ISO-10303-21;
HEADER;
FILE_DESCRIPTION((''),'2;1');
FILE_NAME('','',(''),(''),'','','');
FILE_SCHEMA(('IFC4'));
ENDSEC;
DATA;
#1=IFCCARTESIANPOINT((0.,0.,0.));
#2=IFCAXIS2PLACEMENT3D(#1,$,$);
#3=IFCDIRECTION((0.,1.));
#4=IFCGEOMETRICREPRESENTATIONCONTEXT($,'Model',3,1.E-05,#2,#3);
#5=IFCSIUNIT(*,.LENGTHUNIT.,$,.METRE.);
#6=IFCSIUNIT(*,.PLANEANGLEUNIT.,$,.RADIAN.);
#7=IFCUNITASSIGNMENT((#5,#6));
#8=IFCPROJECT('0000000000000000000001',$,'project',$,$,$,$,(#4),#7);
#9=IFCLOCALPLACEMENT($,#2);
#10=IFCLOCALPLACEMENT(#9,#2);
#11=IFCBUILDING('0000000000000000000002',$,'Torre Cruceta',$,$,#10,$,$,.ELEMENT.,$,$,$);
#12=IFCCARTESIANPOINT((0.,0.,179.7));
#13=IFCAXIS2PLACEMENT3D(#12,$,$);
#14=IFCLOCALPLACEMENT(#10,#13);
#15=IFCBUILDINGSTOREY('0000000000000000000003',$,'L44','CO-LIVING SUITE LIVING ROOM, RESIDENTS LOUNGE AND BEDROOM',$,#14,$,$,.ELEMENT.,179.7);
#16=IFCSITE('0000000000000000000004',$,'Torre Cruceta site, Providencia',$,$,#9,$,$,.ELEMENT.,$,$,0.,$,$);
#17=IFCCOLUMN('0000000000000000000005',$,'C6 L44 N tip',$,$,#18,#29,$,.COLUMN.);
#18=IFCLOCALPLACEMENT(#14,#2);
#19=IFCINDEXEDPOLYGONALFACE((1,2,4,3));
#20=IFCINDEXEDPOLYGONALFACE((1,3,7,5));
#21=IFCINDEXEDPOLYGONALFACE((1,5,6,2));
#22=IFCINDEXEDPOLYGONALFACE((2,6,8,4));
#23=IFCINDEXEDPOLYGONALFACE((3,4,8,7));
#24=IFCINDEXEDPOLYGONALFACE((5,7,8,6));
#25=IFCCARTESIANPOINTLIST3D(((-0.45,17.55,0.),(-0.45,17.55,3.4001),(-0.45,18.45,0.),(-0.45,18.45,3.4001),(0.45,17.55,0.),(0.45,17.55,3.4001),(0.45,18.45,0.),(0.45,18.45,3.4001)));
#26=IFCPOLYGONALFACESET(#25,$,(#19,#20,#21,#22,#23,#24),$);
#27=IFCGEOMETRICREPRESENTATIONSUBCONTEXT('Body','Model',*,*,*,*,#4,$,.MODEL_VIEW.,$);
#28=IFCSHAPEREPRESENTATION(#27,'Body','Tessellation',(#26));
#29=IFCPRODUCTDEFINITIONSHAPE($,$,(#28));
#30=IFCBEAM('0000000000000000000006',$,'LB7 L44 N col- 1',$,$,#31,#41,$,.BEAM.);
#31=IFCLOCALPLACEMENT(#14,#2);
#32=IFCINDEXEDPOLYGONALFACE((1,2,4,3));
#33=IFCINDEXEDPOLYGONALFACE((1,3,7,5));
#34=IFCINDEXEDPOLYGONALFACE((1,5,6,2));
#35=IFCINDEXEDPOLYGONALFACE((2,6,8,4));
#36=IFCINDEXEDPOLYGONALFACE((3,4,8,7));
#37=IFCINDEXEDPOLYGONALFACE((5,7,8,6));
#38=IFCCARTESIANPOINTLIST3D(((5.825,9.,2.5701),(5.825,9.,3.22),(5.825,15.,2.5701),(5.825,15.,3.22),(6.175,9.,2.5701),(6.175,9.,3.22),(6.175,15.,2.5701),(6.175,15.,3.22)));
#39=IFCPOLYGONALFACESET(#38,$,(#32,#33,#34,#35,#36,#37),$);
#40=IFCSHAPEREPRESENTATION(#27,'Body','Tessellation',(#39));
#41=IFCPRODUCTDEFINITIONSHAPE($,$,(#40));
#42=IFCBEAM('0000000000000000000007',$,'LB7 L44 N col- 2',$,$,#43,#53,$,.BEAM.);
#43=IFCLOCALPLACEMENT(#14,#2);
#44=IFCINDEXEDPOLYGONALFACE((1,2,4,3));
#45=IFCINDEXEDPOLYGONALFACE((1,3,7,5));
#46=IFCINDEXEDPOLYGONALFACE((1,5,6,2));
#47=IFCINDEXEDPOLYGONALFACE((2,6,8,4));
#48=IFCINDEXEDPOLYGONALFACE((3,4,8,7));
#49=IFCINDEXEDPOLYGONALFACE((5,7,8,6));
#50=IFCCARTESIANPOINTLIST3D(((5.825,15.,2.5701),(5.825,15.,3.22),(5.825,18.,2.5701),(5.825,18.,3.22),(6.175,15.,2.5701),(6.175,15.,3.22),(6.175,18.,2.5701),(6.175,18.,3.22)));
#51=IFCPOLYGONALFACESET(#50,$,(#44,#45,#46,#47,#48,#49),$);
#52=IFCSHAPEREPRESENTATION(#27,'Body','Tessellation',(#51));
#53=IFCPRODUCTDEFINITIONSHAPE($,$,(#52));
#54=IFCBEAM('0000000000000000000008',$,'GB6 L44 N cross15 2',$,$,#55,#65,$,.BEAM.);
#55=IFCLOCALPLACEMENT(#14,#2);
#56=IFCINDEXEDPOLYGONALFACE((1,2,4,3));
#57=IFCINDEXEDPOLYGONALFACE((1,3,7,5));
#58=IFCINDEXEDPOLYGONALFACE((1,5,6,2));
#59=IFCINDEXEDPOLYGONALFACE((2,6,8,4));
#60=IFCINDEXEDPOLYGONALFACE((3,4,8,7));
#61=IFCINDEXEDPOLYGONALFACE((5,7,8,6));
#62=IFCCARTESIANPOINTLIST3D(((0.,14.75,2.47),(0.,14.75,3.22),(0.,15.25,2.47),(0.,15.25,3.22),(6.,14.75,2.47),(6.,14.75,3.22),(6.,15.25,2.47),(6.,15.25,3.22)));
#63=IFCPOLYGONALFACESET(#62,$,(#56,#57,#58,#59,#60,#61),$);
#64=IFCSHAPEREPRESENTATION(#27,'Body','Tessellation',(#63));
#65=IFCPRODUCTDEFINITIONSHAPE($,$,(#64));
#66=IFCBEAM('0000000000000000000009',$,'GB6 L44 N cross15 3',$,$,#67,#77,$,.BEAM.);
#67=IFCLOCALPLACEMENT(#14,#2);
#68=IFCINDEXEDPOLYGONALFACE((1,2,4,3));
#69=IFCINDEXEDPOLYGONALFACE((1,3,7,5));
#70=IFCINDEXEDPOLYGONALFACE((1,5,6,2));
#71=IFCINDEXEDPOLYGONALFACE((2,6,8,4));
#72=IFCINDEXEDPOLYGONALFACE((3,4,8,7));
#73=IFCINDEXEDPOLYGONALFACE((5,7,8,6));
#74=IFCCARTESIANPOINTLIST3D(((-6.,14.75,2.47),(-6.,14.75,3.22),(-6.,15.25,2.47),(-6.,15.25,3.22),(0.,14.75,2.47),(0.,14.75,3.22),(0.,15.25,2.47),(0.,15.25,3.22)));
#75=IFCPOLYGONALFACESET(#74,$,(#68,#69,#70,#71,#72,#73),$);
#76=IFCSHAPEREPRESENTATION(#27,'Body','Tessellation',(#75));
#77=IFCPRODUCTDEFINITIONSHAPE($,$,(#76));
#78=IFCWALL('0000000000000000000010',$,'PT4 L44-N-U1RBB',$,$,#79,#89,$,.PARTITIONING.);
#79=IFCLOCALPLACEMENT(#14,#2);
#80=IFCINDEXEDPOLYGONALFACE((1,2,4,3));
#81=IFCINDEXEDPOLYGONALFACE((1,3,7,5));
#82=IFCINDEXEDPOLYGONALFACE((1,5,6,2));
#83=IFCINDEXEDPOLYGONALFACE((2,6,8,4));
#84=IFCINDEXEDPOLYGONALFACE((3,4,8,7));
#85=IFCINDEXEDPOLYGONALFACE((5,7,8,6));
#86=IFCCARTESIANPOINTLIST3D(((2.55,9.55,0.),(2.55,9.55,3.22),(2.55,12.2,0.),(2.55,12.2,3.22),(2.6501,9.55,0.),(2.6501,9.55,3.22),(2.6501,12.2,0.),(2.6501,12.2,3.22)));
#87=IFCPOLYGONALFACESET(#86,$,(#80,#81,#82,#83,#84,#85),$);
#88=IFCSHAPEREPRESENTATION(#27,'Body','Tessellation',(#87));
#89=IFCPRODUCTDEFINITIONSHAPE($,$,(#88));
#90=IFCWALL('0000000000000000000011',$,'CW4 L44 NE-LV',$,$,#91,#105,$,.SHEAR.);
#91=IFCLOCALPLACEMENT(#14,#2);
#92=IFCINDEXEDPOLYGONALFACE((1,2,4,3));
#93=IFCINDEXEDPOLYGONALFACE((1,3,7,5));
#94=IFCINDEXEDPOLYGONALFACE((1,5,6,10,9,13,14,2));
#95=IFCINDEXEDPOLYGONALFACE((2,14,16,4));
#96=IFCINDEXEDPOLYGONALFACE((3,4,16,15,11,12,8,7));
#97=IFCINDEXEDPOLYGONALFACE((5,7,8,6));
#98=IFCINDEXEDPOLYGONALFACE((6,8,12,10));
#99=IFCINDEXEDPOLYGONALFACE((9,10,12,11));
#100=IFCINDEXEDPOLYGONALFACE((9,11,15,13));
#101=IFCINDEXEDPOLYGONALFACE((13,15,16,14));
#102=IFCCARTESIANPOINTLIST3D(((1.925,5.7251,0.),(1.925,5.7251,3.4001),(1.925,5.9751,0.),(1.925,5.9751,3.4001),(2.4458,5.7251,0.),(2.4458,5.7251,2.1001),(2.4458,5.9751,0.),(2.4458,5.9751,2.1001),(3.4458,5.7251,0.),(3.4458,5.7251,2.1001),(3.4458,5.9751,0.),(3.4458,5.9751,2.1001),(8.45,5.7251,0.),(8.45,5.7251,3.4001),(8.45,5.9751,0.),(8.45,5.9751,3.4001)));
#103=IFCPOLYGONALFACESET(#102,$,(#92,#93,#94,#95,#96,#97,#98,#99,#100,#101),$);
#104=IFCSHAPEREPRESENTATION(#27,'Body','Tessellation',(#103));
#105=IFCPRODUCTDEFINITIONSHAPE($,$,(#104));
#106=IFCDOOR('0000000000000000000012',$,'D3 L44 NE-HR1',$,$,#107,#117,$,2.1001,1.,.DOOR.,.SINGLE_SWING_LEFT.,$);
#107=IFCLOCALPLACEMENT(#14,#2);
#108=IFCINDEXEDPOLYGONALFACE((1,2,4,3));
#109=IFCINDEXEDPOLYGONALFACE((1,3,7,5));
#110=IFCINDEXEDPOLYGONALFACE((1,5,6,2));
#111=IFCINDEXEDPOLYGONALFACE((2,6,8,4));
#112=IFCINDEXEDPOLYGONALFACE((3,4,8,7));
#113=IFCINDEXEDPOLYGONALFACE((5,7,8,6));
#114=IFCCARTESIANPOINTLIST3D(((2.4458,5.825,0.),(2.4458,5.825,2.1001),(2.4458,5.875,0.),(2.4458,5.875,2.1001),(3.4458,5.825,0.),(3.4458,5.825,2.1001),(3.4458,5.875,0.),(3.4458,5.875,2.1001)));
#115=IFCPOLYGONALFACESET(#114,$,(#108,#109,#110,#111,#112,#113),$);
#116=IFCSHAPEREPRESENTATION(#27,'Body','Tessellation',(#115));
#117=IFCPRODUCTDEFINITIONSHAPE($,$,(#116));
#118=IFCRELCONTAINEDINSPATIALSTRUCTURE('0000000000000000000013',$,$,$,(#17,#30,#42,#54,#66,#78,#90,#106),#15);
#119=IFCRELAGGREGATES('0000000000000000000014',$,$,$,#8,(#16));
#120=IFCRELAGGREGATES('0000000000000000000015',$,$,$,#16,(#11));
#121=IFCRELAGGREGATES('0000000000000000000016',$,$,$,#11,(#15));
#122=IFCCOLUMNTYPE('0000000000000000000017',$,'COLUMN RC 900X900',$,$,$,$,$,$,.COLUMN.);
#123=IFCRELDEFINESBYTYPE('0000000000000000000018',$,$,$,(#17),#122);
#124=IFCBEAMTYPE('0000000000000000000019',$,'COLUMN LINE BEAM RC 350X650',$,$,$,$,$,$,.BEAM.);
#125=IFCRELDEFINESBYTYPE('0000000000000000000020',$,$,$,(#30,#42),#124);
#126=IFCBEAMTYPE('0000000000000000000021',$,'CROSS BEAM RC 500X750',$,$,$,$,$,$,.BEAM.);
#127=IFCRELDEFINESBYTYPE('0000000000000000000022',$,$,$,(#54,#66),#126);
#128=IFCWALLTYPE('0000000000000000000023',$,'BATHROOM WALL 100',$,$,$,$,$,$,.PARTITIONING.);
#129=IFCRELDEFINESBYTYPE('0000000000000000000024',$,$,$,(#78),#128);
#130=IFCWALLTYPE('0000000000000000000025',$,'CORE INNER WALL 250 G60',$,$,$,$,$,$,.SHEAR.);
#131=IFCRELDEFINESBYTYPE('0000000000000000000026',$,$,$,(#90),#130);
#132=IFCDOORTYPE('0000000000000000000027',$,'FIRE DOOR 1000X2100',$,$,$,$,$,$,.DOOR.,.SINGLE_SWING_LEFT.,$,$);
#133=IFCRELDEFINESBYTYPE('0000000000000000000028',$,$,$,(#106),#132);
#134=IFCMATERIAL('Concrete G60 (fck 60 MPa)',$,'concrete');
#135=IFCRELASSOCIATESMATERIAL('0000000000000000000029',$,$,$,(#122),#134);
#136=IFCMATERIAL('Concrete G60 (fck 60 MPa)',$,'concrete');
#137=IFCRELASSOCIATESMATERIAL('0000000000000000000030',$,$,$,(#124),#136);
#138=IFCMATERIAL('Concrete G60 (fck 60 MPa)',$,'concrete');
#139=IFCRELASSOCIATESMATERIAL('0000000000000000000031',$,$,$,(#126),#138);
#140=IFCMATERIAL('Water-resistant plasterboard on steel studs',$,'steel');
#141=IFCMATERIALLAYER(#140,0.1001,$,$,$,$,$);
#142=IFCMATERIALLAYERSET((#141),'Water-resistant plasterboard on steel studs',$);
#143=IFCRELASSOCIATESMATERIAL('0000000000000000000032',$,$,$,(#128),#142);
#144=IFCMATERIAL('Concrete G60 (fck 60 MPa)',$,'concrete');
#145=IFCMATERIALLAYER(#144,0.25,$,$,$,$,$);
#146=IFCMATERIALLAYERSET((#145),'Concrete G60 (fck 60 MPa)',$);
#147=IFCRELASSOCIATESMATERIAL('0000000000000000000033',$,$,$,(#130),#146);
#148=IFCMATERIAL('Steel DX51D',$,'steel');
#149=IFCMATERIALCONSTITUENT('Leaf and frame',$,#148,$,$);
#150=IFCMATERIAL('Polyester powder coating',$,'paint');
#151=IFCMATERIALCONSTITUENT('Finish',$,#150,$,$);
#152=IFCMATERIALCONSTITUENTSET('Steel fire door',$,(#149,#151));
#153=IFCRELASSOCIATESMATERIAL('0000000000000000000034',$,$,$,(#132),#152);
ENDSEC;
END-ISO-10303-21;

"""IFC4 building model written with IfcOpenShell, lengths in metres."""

from ifc_helpers import new_model, si_unit, direction, frame, frame_2d, origin, origin_2d, place, context, subcontext, project, spatial, rectangle, extrude, material, layer, layer_set, constituent, constituent_set, material_profile, profile_set, type_object, element, fill, save


model = new_model("IFC4")

# Units and contexts
model_context = context("Model", 3, precision=1e-05, world=origin(), true_north=direction((0.0, 1.0)))
body_context = subcontext(model_context, "Body", "Model", "MODEL_VIEW")
ifc_project = project(units=[si_unit("LENGTHUNIT", "METRE"), si_unit("PLANEANGLEUNIT", "RADIAN")], contexts=[model_context])

# Site, building, storey
site_placement = place(None, origin())
site = spatial("IfcSite", under=ifc_project, at=site_placement, Name="Torre Cruceta site, Providencia", CompositionType="ELEMENT", RefElevation=0.0)
building_placement = place(site_placement, origin())
building = spatial("IfcBuilding", under=site, at=building_placement, Name="Torre Cruceta", CompositionType="ELEMENT")
storey_placement = place(building_placement, frame((0.0, 0.0, 179.7)))
storey = spatial("IfcBuildingStorey", under=building, at=storey_placement, Name="L44", Description="CO-LIVING SUITE LIVING ROOM, RESIDENTS LOUNGE AND BEDROOM", CompositionType="ELEMENT", Elevation=179.7)

# Column
ifc_material_1 = material(Name="Concrete G60 (fck 60 MPa)", Category="concrete")
ifc_material_profile_1 = material_profile(ifc_material_1, rectangle(XDim=0.8999, YDim=0.8999, at=origin_2d()), Name="RC 900X900")
ifc_profile_set_1 = profile_set([ifc_material_profile_1], Name="Concrete G60 (fck 60 MPa)")
column_type = type_object("IfcColumnType", Name="COLUMN RC 900X900", PredefinedType="COLUMN", material=ifc_profile_set_1)
column_placement = place(storey_placement, frame((0.0, 18.0, 0.0), z_axis=(0.0, 0.0, 1.0), x_axis=(1.0, 0.0, 0.0)))
element("IfcColumn", 1, at=column_placement, inside=storey, type_object=column_type, Name="C6 L44 N tip", PredefinedType="COLUMN", context=body_context, shape_type="SweptSolid", body=[
    extrude(rectangle(XDim=0.8999, YDim=0.8999, at=origin_2d()), origin(), (0.0, 0.0, 1.0), 3.4001),
])

# Beams
ifc_material_2 = material(Name="Concrete G60 (fck 60 MPa)", Category="concrete")
ifc_material_profile_2 = material_profile(ifc_material_2, rectangle(XDim=0.3501, YDim=0.6499, at=origin_2d()), Name="RC 350X650")
ifc_profile_set_2 = profile_set([ifc_material_profile_2], Name="Concrete G60 (fck 60 MPa)")
beam_type_1 = type_object("IfcBeamType", Name="COLUMN LINE BEAM RC 350X650", PredefinedType="BEAM", material=ifc_profile_set_2)
beam_1_placement = place(storey_placement, frame((6.0, 9.0, 2.895), z_axis=(0.0, 1.0, 0.0), x_axis=(-1.0, 0.0, 0.0)))
element("IfcBeam", 2, at=beam_1_placement, inside=storey, type_object=beam_type_1, Name="LB7 L44 N col- 1", PredefinedType="BEAM", context=body_context, shape_type="SweptSolid", body=[
    extrude(rectangle(XDim=0.3501, YDim=0.6499, at=origin_2d()), origin(), (0.0, 0.0, 1.0), 6.0),
])
beam_2_placement = place(storey_placement, frame((6.0, 15.0, 2.895), z_axis=(0.0, 1.0, 0.0), x_axis=(-1.0, 0.0, 0.0)))
element("IfcBeam", 3, at=beam_2_placement, inside=storey, type_object=beam_type_1, Name="LB7 L44 N col- 2", PredefinedType="BEAM", context=body_context, shape_type="SweptSolid", body=[
    extrude(rectangle(XDim=0.3501, YDim=0.6499, at=origin_2d()), origin(), (0.0, 0.0, 1.0), 3.0),
])
ifc_material_3 = material(Name="Concrete G60 (fck 60 MPa)", Category="concrete")
ifc_material_profile_3 = material_profile(ifc_material_3, rectangle(XDim=0.5, YDim=0.75, at=origin_2d()), Name="RC 500X750")
ifc_profile_set_3 = profile_set([ifc_material_profile_3], Name="Concrete G60 (fck 60 MPa)")
beam_type_2 = type_object("IfcBeamType", Name="CROSS BEAM RC 500X750", PredefinedType="BEAM", material=ifc_profile_set_3)
for number, where, z_axis, x_axis, name in (
    (4, (6.0, 15.0, 2.845), (-1.0, 0.0, 0.0), (0.0, -1.0, 0.0), "GB6 L44 N cross15 2"),
    (5, (0.0, 15.0, 2.845), (-1.0, 0.0, 0.0), (0.0, -1.0, 0.0), "GB6 L44 N cross15 3"),
):
    element("IfcBeam", number, at=place(storey_placement, frame(where, z_axis=z_axis, x_axis=x_axis)), inside=storey, type_object=beam_type_2, Name=name, PredefinedType="BEAM", context=body_context, shape_type="SweptSolid", body=[
        extrude(rectangle(XDim=0.5, YDim=0.75, at=origin_2d()), origin(), (0.0, 0.0, 1.0), 6.0),
    ])

# Wall
ifc_material_4 = material(Name="Water-resistant plasterboard on steel studs", Category="steel")
ifc_layer_1 = layer(ifc_material_4, 0.1001)
ifc_layer_set_1 = layer_set([ifc_layer_1], Name="Water-resistant plasterboard on steel studs")
wall_type_1 = type_object("IfcWallType", Name="BATHROOM WALL 100", PredefinedType="PARTITIONING", material=ifc_layer_set_1)
wall_1_placement = place(storey_placement, frame((2.6001, 9.55, 0.0), z_axis=(0.0, 0.0, 1.0), x_axis=(0.0, 1.0, 0.0)))
element("IfcWall", 6, at=wall_1_placement, inside=storey, type_object=wall_type_1, Name="PT4 L44-N-U1RBB", PredefinedType="PARTITIONING", context=body_context, shape_type="SweptSolid", body=[
    extrude(rectangle(XDim=2.6499, YDim=0.1001, at=frame_2d((1.325, 0.0))), origin(), (0.0, 0.0, 1.0), 3.22),
])

# Wall, opening, door
ifc_material_5 = material(Name="Concrete G60 (fck 60 MPa)", Category="concrete")
ifc_layer_2 = layer(ifc_material_5, 0.25)
ifc_layer_set_2 = layer_set([ifc_layer_2], Name="Concrete G60 (fck 60 MPa)")
wall_type_2 = type_object("IfcWallType", Name="CORE INNER WALL 250 G60", PredefinedType="SHEAR", material=ifc_layer_set_2)
wall_2_placement = place(storey_placement, frame((1.925, 5.8501, 0.0), z_axis=(0.0, 0.0, 1.0), x_axis=(1.0, 0.0, 0.0)))
wall_2 = element("IfcWall", 7, at=wall_2_placement, inside=storey, type_object=wall_type_2, Name="CW4 L44 NE-LV", PredefinedType="SHEAR", context=body_context, shape_type="SweptSolid", body=[
    extrude(rectangle(XDim=6.5249, YDim=0.25, at=frame_2d((3.2625, 0.0))), origin(), (0.0, 0.0, 1.0), 3.4001),
])
opening_1_placement = place(wall_2_placement, frame((0.5208, 0.0, 0.0)))
opening_1 = element("IfcOpeningElement", 8, at=opening_1_placement, cuts=wall_2, PredefinedType="OPENING", context=body_context, shape_type="SweptSolid", body=[
    extrude(rectangle(XDim=1.0, YDim=2.1001, at=frame_2d((0.5, 1.05))), frame((0.0, 0.135, 0.0), z_axis=(0.0, -1.0, 0.0), x_axis=(1.0, 0.0, 0.0)), (0.0, 0.0, 1.0), 0.27),
])
ifc_material_6 = material(Name="Steel DX51D", Category="steel")
ifc_constituent_1 = constituent(ifc_material_6, Name="Leaf and frame")
ifc_material_7 = material(Name="Polyester powder coating", Category="paint")
ifc_constituent_2 = constituent(ifc_material_7, Name="Finish")
ifc_constituent_set_1 = constituent_set(constituents=[ifc_constituent_1, ifc_constituent_2], Name="Steel fire door")
door_type_1 = type_object("IfcDoorType", Name="FIRE DOOR 1000X2100", OperationType="SINGLE_SWING_LEFT", PredefinedType="DOOR", material=ifc_constituent_set_1)
door_1_placement = place(opening_1_placement, origin())
door_1 = element("IfcDoor", 9, at=door_1_placement, inside=storey, type_object=door_type_1, Name="D3 L44 NE-HR1", OperationType="SINGLE_SWING_LEFT", OverallHeight=2.1001, OverallWidth=1.0, PredefinedType="DOOR", context=body_context, shape_type="SweptSolid", body=[
    extrude(rectangle(XDim=1.0, YDim=2.1001, at=frame_2d((0.5, 1.05))), frame((0.0, 0.0249, 0.0), z_axis=(0.0, -1.0, 0.0), x_axis=(1.0, 0.0, 0.0)), (0.0, 0.0, 1.0), 0.05),
])
fill(opening_1, door_1)

save(model, "model.ifc")
